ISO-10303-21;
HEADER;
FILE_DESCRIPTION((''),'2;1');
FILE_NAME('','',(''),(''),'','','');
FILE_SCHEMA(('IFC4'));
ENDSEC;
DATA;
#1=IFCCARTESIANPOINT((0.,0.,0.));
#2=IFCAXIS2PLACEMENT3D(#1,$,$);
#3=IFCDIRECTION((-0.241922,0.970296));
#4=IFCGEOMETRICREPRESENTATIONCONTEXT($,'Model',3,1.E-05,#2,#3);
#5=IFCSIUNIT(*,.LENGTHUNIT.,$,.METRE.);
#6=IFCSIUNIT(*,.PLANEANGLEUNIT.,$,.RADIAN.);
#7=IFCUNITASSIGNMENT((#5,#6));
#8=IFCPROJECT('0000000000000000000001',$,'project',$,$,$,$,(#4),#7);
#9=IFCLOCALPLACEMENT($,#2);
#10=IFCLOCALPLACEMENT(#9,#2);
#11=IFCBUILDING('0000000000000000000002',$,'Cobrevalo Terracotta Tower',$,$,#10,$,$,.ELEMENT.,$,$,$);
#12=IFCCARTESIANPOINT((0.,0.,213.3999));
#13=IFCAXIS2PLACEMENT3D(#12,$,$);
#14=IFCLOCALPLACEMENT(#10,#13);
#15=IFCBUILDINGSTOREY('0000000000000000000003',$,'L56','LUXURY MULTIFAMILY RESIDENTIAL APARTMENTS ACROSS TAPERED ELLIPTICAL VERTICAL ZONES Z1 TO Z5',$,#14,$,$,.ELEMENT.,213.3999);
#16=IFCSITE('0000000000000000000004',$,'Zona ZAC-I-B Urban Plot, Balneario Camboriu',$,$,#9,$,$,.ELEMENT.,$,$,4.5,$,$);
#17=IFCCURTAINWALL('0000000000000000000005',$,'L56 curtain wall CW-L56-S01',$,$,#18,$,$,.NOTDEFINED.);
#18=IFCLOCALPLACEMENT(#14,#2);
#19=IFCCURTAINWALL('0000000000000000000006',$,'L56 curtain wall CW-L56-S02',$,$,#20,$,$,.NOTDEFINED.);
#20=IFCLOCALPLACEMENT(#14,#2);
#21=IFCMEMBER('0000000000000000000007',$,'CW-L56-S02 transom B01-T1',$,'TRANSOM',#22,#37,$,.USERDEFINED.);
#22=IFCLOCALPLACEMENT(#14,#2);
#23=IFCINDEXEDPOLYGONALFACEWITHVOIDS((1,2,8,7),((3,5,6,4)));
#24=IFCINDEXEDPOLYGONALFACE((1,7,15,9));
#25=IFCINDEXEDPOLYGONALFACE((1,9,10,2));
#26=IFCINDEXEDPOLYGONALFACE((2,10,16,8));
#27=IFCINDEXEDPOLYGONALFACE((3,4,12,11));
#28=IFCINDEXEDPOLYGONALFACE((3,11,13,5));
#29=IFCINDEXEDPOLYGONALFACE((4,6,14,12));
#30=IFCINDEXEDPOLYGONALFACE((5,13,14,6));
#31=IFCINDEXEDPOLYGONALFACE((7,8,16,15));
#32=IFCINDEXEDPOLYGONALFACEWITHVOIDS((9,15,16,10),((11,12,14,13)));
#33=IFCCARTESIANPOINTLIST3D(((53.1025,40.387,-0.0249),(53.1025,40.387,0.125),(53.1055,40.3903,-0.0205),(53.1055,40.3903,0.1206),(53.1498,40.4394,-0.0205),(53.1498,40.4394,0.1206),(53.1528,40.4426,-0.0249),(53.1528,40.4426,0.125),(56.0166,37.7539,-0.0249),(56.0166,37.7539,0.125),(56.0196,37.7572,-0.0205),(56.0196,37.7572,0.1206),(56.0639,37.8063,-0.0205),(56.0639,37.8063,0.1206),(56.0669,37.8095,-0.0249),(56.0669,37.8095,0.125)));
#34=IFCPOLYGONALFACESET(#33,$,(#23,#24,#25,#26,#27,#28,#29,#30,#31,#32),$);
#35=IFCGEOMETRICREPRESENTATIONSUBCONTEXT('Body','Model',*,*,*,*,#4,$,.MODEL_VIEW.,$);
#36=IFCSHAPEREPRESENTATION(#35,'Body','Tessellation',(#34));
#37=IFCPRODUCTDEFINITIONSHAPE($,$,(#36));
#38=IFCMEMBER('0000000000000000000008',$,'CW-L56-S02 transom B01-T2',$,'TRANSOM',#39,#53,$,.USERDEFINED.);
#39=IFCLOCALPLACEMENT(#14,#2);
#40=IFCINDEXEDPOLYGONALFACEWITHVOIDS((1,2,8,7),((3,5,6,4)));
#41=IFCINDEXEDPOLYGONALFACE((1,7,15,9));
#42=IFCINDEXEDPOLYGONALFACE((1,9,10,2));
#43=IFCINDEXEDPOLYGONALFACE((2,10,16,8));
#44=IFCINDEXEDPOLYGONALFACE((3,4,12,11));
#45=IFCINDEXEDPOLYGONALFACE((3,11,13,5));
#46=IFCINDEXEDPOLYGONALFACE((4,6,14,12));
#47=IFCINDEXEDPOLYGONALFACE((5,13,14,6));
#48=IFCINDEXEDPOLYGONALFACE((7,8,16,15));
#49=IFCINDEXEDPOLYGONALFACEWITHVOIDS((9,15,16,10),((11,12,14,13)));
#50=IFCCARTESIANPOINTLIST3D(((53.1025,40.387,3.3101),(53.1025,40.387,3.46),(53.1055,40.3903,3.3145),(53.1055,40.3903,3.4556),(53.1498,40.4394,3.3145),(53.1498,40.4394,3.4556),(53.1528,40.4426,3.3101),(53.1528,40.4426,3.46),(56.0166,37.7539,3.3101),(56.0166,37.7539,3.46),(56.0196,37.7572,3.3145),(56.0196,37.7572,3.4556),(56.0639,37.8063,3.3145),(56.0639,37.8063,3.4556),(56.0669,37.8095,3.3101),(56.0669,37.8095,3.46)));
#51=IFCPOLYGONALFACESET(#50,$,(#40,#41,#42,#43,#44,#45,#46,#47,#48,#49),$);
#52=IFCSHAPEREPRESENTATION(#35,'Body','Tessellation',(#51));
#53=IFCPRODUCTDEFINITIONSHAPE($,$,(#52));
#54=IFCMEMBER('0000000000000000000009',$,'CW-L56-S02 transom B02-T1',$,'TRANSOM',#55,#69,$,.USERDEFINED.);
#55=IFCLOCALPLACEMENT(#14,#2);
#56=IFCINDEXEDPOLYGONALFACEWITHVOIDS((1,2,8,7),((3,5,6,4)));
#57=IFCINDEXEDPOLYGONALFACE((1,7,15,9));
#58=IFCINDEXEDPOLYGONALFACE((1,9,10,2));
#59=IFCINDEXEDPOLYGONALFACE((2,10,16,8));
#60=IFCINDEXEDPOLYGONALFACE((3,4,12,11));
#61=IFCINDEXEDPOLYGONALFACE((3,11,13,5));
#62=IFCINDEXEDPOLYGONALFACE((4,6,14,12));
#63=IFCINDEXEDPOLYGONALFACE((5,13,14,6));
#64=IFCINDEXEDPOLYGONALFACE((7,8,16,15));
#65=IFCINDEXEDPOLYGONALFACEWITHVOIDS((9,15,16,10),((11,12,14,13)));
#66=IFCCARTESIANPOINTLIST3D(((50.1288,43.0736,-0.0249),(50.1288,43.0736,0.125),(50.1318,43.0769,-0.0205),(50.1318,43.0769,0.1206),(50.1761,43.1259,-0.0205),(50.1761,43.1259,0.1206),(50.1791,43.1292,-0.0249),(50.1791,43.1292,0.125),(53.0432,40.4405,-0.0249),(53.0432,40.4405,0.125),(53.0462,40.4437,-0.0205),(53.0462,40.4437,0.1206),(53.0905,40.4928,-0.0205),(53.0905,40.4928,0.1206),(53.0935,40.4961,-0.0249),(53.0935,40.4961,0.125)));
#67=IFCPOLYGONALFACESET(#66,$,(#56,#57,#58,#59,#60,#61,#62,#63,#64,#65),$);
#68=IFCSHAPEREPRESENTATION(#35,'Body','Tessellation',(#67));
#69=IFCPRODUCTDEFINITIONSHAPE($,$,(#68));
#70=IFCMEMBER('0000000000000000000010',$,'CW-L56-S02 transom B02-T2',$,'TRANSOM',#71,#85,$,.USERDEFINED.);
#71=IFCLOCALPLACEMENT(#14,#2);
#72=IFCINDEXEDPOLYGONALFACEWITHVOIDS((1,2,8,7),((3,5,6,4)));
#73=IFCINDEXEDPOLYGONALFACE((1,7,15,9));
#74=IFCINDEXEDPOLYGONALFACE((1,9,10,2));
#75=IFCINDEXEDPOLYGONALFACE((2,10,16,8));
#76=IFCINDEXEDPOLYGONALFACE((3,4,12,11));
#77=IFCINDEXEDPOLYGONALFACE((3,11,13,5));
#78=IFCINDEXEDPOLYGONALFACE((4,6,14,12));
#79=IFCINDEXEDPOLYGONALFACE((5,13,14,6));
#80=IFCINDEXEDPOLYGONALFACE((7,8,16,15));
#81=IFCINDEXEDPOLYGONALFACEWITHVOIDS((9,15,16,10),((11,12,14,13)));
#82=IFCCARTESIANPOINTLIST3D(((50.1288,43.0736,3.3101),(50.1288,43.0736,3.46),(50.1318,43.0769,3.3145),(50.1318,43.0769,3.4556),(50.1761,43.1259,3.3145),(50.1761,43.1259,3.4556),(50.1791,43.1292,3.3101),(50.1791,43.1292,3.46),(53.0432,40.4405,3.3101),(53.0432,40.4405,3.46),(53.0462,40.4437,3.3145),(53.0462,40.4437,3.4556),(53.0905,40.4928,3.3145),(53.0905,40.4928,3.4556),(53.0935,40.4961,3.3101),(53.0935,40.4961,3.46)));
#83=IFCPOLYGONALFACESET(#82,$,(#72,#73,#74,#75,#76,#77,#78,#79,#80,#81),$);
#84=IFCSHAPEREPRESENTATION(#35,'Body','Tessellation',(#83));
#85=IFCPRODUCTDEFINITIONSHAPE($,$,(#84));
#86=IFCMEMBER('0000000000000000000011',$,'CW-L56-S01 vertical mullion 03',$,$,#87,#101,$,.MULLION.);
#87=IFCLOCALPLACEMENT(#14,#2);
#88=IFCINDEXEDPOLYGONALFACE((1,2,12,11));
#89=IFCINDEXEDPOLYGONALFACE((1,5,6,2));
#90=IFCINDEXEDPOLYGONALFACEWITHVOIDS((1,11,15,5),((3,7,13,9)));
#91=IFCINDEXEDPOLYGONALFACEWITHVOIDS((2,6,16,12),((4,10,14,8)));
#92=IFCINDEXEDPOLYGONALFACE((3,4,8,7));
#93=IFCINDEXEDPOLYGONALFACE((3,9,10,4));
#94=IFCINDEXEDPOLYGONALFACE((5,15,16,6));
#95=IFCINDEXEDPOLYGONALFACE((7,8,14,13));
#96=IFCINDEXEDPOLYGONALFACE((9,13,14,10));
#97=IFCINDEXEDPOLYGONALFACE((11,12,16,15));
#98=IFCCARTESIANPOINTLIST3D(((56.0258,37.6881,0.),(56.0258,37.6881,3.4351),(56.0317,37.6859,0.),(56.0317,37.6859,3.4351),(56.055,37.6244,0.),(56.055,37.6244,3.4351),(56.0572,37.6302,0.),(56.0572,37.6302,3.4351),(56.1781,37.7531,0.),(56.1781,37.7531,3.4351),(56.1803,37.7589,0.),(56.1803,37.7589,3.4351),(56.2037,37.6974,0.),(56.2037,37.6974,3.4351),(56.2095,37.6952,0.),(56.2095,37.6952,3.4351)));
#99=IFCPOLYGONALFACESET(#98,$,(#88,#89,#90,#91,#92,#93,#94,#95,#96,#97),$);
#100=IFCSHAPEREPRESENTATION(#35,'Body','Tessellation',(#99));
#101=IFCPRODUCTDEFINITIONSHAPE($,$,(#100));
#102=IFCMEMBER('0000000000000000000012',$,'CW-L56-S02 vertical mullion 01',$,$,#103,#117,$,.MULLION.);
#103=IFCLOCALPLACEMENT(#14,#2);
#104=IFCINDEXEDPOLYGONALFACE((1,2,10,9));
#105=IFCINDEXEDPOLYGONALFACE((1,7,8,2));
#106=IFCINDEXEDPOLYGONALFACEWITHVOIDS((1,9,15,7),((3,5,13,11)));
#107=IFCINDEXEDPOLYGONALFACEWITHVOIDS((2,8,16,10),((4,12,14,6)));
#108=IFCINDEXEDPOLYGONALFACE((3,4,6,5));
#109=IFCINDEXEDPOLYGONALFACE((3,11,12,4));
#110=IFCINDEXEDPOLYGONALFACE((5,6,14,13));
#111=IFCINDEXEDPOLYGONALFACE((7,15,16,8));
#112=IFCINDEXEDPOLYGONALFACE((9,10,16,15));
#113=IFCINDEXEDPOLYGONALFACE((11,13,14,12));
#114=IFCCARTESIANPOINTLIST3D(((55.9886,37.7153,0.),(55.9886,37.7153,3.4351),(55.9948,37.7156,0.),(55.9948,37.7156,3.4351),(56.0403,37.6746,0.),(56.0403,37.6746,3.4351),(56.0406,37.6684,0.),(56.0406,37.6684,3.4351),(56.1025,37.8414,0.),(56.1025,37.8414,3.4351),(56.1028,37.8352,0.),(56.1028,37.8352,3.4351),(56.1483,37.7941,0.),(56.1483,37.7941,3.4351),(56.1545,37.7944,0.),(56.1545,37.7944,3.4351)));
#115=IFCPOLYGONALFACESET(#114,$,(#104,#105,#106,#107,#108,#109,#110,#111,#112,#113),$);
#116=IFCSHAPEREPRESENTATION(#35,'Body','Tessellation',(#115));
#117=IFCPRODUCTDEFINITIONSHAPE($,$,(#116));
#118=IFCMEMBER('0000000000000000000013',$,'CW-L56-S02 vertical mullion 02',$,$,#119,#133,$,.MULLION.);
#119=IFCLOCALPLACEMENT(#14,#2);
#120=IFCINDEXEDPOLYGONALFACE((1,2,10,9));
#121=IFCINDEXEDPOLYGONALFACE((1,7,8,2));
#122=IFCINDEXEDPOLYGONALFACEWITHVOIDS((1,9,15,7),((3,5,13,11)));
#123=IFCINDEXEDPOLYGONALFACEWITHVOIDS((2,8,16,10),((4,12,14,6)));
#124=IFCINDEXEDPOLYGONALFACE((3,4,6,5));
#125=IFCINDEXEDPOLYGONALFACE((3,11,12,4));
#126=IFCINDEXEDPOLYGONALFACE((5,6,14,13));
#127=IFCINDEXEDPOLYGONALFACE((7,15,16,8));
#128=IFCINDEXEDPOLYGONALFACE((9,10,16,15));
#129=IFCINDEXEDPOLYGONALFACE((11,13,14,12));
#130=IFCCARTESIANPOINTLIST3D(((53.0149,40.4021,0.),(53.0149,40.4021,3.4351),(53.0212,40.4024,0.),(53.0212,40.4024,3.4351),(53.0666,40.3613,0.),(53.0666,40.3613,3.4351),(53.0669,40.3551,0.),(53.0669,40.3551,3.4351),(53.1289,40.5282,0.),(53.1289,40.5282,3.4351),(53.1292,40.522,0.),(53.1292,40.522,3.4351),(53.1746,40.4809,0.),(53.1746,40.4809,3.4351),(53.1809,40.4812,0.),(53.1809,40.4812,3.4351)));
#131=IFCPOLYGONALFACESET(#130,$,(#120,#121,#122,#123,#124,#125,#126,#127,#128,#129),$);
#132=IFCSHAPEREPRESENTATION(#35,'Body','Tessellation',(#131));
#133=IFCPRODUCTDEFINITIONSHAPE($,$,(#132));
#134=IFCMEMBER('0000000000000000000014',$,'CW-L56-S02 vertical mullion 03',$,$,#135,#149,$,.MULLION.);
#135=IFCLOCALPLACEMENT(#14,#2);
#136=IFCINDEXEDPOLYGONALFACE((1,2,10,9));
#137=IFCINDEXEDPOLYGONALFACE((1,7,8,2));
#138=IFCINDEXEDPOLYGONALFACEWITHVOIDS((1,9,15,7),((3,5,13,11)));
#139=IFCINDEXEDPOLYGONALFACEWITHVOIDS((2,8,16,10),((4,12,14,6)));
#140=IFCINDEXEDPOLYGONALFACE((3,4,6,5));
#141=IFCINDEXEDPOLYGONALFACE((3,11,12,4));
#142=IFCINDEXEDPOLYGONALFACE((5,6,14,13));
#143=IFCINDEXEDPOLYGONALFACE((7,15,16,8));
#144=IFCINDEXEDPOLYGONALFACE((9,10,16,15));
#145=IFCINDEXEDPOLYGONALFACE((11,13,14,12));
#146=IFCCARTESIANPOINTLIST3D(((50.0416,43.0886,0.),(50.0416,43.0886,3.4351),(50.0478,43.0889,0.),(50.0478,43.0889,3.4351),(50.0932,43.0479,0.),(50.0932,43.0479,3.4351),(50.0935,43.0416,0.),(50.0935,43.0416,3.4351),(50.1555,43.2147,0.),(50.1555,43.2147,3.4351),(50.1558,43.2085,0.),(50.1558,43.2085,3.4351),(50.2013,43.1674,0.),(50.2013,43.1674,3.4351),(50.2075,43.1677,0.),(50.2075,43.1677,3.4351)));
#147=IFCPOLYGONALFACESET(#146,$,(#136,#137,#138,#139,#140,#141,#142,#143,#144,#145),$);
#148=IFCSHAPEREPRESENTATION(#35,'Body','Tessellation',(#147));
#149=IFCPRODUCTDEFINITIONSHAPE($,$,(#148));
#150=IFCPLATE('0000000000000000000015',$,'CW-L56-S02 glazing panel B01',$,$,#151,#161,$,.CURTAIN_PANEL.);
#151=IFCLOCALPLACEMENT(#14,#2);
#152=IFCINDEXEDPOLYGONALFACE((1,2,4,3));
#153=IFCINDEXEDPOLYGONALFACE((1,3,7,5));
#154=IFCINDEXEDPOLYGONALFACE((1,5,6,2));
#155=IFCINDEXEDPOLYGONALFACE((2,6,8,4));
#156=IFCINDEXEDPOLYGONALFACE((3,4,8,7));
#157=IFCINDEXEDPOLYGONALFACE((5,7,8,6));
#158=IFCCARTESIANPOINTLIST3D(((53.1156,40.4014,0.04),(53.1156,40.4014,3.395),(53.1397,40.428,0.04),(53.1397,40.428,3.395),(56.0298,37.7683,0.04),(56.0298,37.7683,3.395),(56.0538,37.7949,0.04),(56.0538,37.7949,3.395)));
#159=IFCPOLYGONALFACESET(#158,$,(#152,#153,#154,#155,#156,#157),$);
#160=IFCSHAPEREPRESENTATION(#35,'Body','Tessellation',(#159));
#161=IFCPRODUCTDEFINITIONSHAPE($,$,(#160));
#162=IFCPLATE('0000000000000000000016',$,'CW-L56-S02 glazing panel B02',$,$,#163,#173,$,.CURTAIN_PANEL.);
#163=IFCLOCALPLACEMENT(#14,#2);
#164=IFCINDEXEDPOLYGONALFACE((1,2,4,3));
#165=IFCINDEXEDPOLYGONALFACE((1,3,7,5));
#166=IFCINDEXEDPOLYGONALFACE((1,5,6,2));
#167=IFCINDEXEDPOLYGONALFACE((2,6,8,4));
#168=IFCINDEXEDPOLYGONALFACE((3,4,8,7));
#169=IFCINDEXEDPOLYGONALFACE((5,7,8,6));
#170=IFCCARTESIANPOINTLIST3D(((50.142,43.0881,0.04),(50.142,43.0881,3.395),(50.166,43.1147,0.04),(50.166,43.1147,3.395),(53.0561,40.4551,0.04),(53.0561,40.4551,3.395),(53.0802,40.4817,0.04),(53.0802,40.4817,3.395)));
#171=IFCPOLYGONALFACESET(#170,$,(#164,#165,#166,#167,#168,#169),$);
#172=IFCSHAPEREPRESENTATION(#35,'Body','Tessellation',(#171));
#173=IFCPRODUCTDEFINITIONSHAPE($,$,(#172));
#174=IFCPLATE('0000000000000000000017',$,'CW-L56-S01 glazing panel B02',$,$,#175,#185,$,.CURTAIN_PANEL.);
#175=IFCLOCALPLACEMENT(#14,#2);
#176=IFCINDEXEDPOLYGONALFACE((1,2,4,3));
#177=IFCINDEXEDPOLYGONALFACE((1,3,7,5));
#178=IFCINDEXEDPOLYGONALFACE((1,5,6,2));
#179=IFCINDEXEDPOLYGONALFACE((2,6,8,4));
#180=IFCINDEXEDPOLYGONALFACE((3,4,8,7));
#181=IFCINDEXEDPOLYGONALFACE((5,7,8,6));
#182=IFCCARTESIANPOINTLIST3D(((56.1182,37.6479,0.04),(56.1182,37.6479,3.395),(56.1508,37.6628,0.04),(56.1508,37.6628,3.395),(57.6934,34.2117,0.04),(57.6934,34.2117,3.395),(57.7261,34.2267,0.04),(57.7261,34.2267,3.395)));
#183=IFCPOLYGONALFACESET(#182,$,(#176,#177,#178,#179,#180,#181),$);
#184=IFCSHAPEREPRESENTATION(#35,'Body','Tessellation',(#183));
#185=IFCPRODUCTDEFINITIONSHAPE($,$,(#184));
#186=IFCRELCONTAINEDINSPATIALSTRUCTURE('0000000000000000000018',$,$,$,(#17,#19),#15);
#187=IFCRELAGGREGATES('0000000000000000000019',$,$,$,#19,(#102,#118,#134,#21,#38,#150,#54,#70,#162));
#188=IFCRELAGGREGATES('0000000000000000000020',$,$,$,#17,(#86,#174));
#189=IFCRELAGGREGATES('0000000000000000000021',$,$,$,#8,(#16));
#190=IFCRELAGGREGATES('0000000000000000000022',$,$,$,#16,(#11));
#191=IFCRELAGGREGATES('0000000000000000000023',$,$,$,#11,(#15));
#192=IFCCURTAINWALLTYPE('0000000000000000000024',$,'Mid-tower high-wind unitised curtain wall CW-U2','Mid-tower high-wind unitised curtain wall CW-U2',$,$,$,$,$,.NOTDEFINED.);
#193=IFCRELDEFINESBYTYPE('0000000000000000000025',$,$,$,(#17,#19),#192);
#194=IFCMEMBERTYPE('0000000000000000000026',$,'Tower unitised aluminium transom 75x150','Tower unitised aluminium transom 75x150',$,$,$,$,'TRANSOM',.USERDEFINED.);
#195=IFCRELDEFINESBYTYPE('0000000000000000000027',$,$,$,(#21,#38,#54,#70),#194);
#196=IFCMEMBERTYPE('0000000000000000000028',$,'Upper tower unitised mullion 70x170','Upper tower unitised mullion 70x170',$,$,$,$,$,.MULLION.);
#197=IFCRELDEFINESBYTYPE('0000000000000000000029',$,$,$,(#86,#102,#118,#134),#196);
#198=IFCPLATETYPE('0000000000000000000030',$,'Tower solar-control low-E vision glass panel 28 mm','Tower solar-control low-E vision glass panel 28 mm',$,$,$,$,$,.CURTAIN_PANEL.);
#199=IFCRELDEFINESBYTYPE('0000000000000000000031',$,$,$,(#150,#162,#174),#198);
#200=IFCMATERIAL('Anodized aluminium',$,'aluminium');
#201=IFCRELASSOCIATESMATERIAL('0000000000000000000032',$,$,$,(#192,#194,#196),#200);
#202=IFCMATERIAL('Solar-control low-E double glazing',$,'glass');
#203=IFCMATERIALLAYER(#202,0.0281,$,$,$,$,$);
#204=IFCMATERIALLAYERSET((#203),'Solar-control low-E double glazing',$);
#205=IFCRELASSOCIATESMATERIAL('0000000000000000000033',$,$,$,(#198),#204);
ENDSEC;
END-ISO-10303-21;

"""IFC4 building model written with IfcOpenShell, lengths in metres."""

from ifc_helpers import new_model, si_unit, direction, frame, origin, origin_2d, place, context, subcontext, project, spatial, rectangle, hollow_rectangle, extrude, source, transform, mapped, material, layer, layer_set, material_profile, profile_set, type_object, element, aggregate, save


model = new_model("IFC4")

# Units and contexts
model_context = context("Model", 3, precision=1e-05, world=origin(), true_north=direction((-0.241922, 0.970296)))
body_context = subcontext(model_context, "Body", "Model", "MODEL_VIEW")
ifc_project = project(units=[si_unit("LENGTHUNIT", "METRE"), si_unit("PLANEANGLEUNIT", "RADIAN")], contexts=[model_context])

# Site, building, storey
site_placement = place(None, origin())
site = spatial("IfcSite", under=ifc_project, at=site_placement, Name="Zona ZAC-I-B Urban Plot, Balneario Camboriu", CompositionType="ELEMENT", RefElevation=4.5)
building_placement = place(site_placement, origin())
building = spatial("IfcBuilding", under=site, at=building_placement, Name="Cobrevalo Terracotta Tower", CompositionType="ELEMENT")
storey_placement = place(building_placement, frame((0.0, 0.0, 213.3999)))
storey = spatial("IfcBuildingStorey", under=building, at=storey_placement, Name="L56", Description="LUXURY MULTIFAMILY RESIDENTIAL APARTMENTS ACROSS TAPERED ELLIPTICAL VERTICAL ZONES Z1 TO Z5", CompositionType="ELEMENT", Elevation=213.3999)

# Curtain wall
ifc_material_1 = material(Name="Anodized aluminium", Category="aluminium")
curtain_wall_type = type_object("IfcCurtainWallType", Name="Mid-tower high-wind unitised curtain wall CW-U2", Description="Mid-tower high-wind unitised curtain wall CW-U2", PredefinedType="NOTDEFINED", material=ifc_material_1)
curtain_wall_1_placement = place(storey_placement, origin())
curtain_wall_1 = element("IfcCurtainWall", 1, at=curtain_wall_1_placement, inside=storey, type_object=curtain_wall_type, Name="L56 curtain wall CW-L56-S01", PredefinedType="NOTDEFINED")
ifc_material_profile_1 = material_profile(ifc_material_1, hollow_rectangle(XDim=0.075, YDim=0.1499, WallThickness=0.0044, at=origin_2d()), Name="CWT 75x150")
ifc_profile_set_1 = profile_set([ifc_material_profile_1], Name="Anodized aluminium")
member_type_1 = type_object("IfcMemberType", Name="Tower unitised aluminium transom 75x150", Description="Tower unitised aluminium transom 75x150", ElementType="TRANSOM", PredefinedType="USERDEFINED", material=ifc_profile_set_1)

# Curtain wall, members
curtain_wall_2_placement = place(storey_placement, origin())
curtain_wall_2 = element("IfcCurtainWall", 2, at=curtain_wall_2_placement, inside=storey, type_object=curtain_wall_type, Name="L56 curtain wall CW-L56-S02", PredefinedType="NOTDEFINED")
shared_shape_1 = source(origin(), body_context, "Body", "SweptSolid", [
    extrude(hollow_rectangle(XDim=0.075, YDim=0.1499, WallThickness=0.0044, at=origin_2d()), origin(), (0.0, 0.0, 1.0), 3.9275),
])
member_1_placement = place(storey_placement, frame((56.0417, 37.7817, 0.05), z_axis=(-0.741976, 0.670426, 0.0), x_axis=(-0.670426, -0.741976, 0.0)))
member_1 = element("IfcMember", 3, at=member_1_placement, type_object=member_type_1, Name="CW-L56-S02 transom B01-T1", ObjectType="TRANSOM", PredefinedType="USERDEFINED", context=body_context, shape_type="MappedRepresentation", body=[
    mapped(shared_shape_1, transform((0.0, 0.0, 0.0), scale=1.0)),
])
member_2_placement = place(storey_placement, frame((56.0417, 37.7817, 3.385), z_axis=(-0.741976, 0.670426, 0.0), x_axis=(-0.670426, -0.741976, 0.0)))
member_2 = element("IfcMember", 4, at=member_2_placement, type_object=member_type_1, Name="CW-L56-S02 transom B01-T2", ObjectType="TRANSOM", PredefinedType="USERDEFINED", context=body_context, shape_type="MappedRepresentation", body=[
    mapped(shared_shape_1, transform((0.0, 0.0, 0.0), scale=1.0)),
])
shared_shape_2 = source(origin(), body_context, "Body", "SweptSolid", [
    extrude(hollow_rectangle(XDim=0.075, YDim=0.1499, WallThickness=0.0044, at=origin_2d()), origin(), (0.0, 0.0, 1.0), 3.9277),
])
member_3_placement = place(storey_placement, frame((53.0684, 40.4683, 0.05), z_axis=(-0.742004, 0.670396, 0.0), x_axis=(-0.670396, -0.742004, 0.0)))
member_3 = element("IfcMember", 5, at=member_3_placement, type_object=member_type_1, Name="CW-L56-S02 transom B02-T1", ObjectType="TRANSOM", PredefinedType="USERDEFINED", context=body_context, shape_type="MappedRepresentation", body=[
    mapped(shared_shape_2, transform((0.0, 0.0, 0.0), scale=1.0)),
])
member_4_placement = place(storey_placement, frame((53.0684, 40.4683, 3.385), z_axis=(-0.742004, 0.670396, 0.0), x_axis=(-0.670396, -0.742004, 0.0)))
member_4 = element("IfcMember", 6, at=member_4_placement, type_object=member_type_1, Name="CW-L56-S02 transom B02-T2", ObjectType="TRANSOM", PredefinedType="USERDEFINED", context=body_context, shape_type="MappedRepresentation", body=[
    mapped(shared_shape_2, transform((0.0, 0.0, 0.0), scale=1.0)),
])

# Members
ifc_material_profile_2 = material_profile(ifc_material_1, hollow_rectangle(XDim=0.0701, YDim=0.1699, WallThickness=0.0044, at=origin_2d()), Name="CWM 70x170")
ifc_profile_set_2 = profile_set([ifc_material_profile_2], Name="Anodized aluminium")
member_type_2 = type_object("IfcMemberType", Name="Upper tower unitised mullion 70x170", Description="Upper tower unitised mullion 70x170", PredefinedType="MULLION", material=ifc_profile_set_2)
shared_shape_3 = source(origin(), body_context, "Body", "SweptSolid", [
    extrude(hollow_rectangle(XDim=0.0701, YDim=0.1699, WallThickness=0.0044, at=origin_2d()), origin(), (0.0, 0.0, 1.0), 3.4351),
])
member_5_placement = place(storey_placement, frame((56.1177, 37.6917, 0.0), z_axis=(0.0, 0.0, 1.0), x_axis=(-0.416725, 0.909033, 0.0)))
member_5 = element("IfcMember", 7, at=member_5_placement, type_object=member_type_2, Name="CW-L56-S01 vertical mullion 03", PredefinedType="MULLION", context=body_context, shape_type="MappedRepresentation", body=[
    mapped(shared_shape_3, transform((0.0, 0.0, 0.0), scale=1.0)),
])
member_6_placement = place(storey_placement, frame((56.0715, 37.7549, 0.0), z_axis=(0.0, 0.0, 1.0), x_axis=(-0.741988, 0.670414, 0.0)))
member_6 = element("IfcMember", 8, at=member_6_placement, type_object=member_type_2, Name="CW-L56-S02 vertical mullion 01", PredefinedType="MULLION", context=body_context, shape_type="MappedRepresentation", body=[
    mapped(shared_shape_3, transform((0.0, 0.0, 0.0), scale=1.0)),
])
member_7_placement = place(storey_placement, frame((53.0979, 40.4417, 0.0), z_axis=(0.0, 0.0, 1.0), x_axis=(-0.741988, 0.670414, 0.0)))
member_7 = element("IfcMember", 9, at=member_7_placement, type_object=member_type_2, Name="CW-L56-S02 vertical mullion 02", PredefinedType="MULLION", context=body_context, shape_type="MappedRepresentation", body=[
    mapped(shared_shape_3, transform((0.0, 0.0, 0.0), scale=1.0)),
])
member_8_placement = place(storey_placement, frame((50.1245, 43.1282, 0.0), z_axis=(0.0, 0.0, 1.0), x_axis=(-0.741988, 0.670414, 0.0)))
member_8 = element("IfcMember", 10, at=member_8_placement, type_object=member_type_2, Name="CW-L56-S02 vertical mullion 03", PredefinedType="MULLION", context=body_context, shape_type="MappedRepresentation", body=[
    mapped(shared_shape_3, transform((0.0, 0.0, 0.0), scale=1.0)),
])

# Plates
ifc_material_2 = material(Name="Solar-control low-E double glazing", Category="glass")
ifc_layer_1 = layer(ifc_material_2, 0.0281)
ifc_layer_set_1 = layer_set([ifc_layer_1], Name="Solar-control low-E double glazing")
plate_type = type_object("IfcPlateType", Name="Tower solar-control low-E vision glass panel 28 mm", Description="Tower solar-control low-E vision glass panel 28 mm", PredefinedType="CURTAIN_PANEL", material=ifc_layer_set_1)
shared_shape_4 = source(origin(), body_context, "Body", "SweptSolid", [
    extrude(rectangle(XDim=3.9275, YDim=0.0359, at=origin_2d()), origin(), (0.0, 0.0, 1.0), 3.355),
])
plate_1_placement = place(storey_placement, frame((54.5847, 39.0981, 0.04), z_axis=(0.0, 0.0, 1.0), x_axis=(-0.741988, 0.670414, 0.0)))
plate_1 = element("IfcPlate", 11, at=plate_1_placement, type_object=plate_type, Name="CW-L56-S02 glazing panel B01", PredefinedType="CURTAIN_PANEL", context=body_context, shape_type="MappedRepresentation", body=[
    mapped(shared_shape_4, transform((0.0, 0.0, 0.0), scale=1.0)),
])
plate_2_placement = place(storey_placement, frame((51.6111, 41.7849, 0.04), z_axis=(0.0, 0.0, 1.0), x_axis=(-0.741988, 0.670414, 0.0)))
plate_2 = element("IfcPlate", 12, at=plate_2_placement, type_object=plate_type, Name="CW-L56-S02 glazing panel B02", PredefinedType="CURTAIN_PANEL", context=body_context, shape_type="MappedRepresentation", body=[
    mapped(shared_shape_4, transform((0.0, 0.0, 0.0), scale=1.0)),
])
aggregate(curtain_wall_2, [member_6, member_7, member_8, member_1, member_2, plate_1, member_3, member_4, plate_2])
shared_shape_5 = source(origin(), body_context, "Body", "SweptSolid", [
    extrude(rectangle(XDim=3.78, YDim=0.0359, at=origin_2d()), origin(), (0.0, 0.0, 1.0), 3.355),
])
plate_3_placement = place(storey_placement, frame((56.9221, 35.9373, 0.04), z_axis=(0.0, 0.0, 1.0), x_axis=(-0.416731, 0.90903, 0.0)))
plate_3 = element("IfcPlate", 13, at=plate_3_placement, type_object=plate_type, Name="CW-L56-S01 glazing panel B02", PredefinedType="CURTAIN_PANEL", context=body_context, shape_type="MappedRepresentation", body=[
    mapped(shared_shape_5, transform((0.0, 0.0, 0.0), scale=1.0)),
])
aggregate(curtain_wall_1, [member_5, plate_3])

save(model, "model.ifc")
